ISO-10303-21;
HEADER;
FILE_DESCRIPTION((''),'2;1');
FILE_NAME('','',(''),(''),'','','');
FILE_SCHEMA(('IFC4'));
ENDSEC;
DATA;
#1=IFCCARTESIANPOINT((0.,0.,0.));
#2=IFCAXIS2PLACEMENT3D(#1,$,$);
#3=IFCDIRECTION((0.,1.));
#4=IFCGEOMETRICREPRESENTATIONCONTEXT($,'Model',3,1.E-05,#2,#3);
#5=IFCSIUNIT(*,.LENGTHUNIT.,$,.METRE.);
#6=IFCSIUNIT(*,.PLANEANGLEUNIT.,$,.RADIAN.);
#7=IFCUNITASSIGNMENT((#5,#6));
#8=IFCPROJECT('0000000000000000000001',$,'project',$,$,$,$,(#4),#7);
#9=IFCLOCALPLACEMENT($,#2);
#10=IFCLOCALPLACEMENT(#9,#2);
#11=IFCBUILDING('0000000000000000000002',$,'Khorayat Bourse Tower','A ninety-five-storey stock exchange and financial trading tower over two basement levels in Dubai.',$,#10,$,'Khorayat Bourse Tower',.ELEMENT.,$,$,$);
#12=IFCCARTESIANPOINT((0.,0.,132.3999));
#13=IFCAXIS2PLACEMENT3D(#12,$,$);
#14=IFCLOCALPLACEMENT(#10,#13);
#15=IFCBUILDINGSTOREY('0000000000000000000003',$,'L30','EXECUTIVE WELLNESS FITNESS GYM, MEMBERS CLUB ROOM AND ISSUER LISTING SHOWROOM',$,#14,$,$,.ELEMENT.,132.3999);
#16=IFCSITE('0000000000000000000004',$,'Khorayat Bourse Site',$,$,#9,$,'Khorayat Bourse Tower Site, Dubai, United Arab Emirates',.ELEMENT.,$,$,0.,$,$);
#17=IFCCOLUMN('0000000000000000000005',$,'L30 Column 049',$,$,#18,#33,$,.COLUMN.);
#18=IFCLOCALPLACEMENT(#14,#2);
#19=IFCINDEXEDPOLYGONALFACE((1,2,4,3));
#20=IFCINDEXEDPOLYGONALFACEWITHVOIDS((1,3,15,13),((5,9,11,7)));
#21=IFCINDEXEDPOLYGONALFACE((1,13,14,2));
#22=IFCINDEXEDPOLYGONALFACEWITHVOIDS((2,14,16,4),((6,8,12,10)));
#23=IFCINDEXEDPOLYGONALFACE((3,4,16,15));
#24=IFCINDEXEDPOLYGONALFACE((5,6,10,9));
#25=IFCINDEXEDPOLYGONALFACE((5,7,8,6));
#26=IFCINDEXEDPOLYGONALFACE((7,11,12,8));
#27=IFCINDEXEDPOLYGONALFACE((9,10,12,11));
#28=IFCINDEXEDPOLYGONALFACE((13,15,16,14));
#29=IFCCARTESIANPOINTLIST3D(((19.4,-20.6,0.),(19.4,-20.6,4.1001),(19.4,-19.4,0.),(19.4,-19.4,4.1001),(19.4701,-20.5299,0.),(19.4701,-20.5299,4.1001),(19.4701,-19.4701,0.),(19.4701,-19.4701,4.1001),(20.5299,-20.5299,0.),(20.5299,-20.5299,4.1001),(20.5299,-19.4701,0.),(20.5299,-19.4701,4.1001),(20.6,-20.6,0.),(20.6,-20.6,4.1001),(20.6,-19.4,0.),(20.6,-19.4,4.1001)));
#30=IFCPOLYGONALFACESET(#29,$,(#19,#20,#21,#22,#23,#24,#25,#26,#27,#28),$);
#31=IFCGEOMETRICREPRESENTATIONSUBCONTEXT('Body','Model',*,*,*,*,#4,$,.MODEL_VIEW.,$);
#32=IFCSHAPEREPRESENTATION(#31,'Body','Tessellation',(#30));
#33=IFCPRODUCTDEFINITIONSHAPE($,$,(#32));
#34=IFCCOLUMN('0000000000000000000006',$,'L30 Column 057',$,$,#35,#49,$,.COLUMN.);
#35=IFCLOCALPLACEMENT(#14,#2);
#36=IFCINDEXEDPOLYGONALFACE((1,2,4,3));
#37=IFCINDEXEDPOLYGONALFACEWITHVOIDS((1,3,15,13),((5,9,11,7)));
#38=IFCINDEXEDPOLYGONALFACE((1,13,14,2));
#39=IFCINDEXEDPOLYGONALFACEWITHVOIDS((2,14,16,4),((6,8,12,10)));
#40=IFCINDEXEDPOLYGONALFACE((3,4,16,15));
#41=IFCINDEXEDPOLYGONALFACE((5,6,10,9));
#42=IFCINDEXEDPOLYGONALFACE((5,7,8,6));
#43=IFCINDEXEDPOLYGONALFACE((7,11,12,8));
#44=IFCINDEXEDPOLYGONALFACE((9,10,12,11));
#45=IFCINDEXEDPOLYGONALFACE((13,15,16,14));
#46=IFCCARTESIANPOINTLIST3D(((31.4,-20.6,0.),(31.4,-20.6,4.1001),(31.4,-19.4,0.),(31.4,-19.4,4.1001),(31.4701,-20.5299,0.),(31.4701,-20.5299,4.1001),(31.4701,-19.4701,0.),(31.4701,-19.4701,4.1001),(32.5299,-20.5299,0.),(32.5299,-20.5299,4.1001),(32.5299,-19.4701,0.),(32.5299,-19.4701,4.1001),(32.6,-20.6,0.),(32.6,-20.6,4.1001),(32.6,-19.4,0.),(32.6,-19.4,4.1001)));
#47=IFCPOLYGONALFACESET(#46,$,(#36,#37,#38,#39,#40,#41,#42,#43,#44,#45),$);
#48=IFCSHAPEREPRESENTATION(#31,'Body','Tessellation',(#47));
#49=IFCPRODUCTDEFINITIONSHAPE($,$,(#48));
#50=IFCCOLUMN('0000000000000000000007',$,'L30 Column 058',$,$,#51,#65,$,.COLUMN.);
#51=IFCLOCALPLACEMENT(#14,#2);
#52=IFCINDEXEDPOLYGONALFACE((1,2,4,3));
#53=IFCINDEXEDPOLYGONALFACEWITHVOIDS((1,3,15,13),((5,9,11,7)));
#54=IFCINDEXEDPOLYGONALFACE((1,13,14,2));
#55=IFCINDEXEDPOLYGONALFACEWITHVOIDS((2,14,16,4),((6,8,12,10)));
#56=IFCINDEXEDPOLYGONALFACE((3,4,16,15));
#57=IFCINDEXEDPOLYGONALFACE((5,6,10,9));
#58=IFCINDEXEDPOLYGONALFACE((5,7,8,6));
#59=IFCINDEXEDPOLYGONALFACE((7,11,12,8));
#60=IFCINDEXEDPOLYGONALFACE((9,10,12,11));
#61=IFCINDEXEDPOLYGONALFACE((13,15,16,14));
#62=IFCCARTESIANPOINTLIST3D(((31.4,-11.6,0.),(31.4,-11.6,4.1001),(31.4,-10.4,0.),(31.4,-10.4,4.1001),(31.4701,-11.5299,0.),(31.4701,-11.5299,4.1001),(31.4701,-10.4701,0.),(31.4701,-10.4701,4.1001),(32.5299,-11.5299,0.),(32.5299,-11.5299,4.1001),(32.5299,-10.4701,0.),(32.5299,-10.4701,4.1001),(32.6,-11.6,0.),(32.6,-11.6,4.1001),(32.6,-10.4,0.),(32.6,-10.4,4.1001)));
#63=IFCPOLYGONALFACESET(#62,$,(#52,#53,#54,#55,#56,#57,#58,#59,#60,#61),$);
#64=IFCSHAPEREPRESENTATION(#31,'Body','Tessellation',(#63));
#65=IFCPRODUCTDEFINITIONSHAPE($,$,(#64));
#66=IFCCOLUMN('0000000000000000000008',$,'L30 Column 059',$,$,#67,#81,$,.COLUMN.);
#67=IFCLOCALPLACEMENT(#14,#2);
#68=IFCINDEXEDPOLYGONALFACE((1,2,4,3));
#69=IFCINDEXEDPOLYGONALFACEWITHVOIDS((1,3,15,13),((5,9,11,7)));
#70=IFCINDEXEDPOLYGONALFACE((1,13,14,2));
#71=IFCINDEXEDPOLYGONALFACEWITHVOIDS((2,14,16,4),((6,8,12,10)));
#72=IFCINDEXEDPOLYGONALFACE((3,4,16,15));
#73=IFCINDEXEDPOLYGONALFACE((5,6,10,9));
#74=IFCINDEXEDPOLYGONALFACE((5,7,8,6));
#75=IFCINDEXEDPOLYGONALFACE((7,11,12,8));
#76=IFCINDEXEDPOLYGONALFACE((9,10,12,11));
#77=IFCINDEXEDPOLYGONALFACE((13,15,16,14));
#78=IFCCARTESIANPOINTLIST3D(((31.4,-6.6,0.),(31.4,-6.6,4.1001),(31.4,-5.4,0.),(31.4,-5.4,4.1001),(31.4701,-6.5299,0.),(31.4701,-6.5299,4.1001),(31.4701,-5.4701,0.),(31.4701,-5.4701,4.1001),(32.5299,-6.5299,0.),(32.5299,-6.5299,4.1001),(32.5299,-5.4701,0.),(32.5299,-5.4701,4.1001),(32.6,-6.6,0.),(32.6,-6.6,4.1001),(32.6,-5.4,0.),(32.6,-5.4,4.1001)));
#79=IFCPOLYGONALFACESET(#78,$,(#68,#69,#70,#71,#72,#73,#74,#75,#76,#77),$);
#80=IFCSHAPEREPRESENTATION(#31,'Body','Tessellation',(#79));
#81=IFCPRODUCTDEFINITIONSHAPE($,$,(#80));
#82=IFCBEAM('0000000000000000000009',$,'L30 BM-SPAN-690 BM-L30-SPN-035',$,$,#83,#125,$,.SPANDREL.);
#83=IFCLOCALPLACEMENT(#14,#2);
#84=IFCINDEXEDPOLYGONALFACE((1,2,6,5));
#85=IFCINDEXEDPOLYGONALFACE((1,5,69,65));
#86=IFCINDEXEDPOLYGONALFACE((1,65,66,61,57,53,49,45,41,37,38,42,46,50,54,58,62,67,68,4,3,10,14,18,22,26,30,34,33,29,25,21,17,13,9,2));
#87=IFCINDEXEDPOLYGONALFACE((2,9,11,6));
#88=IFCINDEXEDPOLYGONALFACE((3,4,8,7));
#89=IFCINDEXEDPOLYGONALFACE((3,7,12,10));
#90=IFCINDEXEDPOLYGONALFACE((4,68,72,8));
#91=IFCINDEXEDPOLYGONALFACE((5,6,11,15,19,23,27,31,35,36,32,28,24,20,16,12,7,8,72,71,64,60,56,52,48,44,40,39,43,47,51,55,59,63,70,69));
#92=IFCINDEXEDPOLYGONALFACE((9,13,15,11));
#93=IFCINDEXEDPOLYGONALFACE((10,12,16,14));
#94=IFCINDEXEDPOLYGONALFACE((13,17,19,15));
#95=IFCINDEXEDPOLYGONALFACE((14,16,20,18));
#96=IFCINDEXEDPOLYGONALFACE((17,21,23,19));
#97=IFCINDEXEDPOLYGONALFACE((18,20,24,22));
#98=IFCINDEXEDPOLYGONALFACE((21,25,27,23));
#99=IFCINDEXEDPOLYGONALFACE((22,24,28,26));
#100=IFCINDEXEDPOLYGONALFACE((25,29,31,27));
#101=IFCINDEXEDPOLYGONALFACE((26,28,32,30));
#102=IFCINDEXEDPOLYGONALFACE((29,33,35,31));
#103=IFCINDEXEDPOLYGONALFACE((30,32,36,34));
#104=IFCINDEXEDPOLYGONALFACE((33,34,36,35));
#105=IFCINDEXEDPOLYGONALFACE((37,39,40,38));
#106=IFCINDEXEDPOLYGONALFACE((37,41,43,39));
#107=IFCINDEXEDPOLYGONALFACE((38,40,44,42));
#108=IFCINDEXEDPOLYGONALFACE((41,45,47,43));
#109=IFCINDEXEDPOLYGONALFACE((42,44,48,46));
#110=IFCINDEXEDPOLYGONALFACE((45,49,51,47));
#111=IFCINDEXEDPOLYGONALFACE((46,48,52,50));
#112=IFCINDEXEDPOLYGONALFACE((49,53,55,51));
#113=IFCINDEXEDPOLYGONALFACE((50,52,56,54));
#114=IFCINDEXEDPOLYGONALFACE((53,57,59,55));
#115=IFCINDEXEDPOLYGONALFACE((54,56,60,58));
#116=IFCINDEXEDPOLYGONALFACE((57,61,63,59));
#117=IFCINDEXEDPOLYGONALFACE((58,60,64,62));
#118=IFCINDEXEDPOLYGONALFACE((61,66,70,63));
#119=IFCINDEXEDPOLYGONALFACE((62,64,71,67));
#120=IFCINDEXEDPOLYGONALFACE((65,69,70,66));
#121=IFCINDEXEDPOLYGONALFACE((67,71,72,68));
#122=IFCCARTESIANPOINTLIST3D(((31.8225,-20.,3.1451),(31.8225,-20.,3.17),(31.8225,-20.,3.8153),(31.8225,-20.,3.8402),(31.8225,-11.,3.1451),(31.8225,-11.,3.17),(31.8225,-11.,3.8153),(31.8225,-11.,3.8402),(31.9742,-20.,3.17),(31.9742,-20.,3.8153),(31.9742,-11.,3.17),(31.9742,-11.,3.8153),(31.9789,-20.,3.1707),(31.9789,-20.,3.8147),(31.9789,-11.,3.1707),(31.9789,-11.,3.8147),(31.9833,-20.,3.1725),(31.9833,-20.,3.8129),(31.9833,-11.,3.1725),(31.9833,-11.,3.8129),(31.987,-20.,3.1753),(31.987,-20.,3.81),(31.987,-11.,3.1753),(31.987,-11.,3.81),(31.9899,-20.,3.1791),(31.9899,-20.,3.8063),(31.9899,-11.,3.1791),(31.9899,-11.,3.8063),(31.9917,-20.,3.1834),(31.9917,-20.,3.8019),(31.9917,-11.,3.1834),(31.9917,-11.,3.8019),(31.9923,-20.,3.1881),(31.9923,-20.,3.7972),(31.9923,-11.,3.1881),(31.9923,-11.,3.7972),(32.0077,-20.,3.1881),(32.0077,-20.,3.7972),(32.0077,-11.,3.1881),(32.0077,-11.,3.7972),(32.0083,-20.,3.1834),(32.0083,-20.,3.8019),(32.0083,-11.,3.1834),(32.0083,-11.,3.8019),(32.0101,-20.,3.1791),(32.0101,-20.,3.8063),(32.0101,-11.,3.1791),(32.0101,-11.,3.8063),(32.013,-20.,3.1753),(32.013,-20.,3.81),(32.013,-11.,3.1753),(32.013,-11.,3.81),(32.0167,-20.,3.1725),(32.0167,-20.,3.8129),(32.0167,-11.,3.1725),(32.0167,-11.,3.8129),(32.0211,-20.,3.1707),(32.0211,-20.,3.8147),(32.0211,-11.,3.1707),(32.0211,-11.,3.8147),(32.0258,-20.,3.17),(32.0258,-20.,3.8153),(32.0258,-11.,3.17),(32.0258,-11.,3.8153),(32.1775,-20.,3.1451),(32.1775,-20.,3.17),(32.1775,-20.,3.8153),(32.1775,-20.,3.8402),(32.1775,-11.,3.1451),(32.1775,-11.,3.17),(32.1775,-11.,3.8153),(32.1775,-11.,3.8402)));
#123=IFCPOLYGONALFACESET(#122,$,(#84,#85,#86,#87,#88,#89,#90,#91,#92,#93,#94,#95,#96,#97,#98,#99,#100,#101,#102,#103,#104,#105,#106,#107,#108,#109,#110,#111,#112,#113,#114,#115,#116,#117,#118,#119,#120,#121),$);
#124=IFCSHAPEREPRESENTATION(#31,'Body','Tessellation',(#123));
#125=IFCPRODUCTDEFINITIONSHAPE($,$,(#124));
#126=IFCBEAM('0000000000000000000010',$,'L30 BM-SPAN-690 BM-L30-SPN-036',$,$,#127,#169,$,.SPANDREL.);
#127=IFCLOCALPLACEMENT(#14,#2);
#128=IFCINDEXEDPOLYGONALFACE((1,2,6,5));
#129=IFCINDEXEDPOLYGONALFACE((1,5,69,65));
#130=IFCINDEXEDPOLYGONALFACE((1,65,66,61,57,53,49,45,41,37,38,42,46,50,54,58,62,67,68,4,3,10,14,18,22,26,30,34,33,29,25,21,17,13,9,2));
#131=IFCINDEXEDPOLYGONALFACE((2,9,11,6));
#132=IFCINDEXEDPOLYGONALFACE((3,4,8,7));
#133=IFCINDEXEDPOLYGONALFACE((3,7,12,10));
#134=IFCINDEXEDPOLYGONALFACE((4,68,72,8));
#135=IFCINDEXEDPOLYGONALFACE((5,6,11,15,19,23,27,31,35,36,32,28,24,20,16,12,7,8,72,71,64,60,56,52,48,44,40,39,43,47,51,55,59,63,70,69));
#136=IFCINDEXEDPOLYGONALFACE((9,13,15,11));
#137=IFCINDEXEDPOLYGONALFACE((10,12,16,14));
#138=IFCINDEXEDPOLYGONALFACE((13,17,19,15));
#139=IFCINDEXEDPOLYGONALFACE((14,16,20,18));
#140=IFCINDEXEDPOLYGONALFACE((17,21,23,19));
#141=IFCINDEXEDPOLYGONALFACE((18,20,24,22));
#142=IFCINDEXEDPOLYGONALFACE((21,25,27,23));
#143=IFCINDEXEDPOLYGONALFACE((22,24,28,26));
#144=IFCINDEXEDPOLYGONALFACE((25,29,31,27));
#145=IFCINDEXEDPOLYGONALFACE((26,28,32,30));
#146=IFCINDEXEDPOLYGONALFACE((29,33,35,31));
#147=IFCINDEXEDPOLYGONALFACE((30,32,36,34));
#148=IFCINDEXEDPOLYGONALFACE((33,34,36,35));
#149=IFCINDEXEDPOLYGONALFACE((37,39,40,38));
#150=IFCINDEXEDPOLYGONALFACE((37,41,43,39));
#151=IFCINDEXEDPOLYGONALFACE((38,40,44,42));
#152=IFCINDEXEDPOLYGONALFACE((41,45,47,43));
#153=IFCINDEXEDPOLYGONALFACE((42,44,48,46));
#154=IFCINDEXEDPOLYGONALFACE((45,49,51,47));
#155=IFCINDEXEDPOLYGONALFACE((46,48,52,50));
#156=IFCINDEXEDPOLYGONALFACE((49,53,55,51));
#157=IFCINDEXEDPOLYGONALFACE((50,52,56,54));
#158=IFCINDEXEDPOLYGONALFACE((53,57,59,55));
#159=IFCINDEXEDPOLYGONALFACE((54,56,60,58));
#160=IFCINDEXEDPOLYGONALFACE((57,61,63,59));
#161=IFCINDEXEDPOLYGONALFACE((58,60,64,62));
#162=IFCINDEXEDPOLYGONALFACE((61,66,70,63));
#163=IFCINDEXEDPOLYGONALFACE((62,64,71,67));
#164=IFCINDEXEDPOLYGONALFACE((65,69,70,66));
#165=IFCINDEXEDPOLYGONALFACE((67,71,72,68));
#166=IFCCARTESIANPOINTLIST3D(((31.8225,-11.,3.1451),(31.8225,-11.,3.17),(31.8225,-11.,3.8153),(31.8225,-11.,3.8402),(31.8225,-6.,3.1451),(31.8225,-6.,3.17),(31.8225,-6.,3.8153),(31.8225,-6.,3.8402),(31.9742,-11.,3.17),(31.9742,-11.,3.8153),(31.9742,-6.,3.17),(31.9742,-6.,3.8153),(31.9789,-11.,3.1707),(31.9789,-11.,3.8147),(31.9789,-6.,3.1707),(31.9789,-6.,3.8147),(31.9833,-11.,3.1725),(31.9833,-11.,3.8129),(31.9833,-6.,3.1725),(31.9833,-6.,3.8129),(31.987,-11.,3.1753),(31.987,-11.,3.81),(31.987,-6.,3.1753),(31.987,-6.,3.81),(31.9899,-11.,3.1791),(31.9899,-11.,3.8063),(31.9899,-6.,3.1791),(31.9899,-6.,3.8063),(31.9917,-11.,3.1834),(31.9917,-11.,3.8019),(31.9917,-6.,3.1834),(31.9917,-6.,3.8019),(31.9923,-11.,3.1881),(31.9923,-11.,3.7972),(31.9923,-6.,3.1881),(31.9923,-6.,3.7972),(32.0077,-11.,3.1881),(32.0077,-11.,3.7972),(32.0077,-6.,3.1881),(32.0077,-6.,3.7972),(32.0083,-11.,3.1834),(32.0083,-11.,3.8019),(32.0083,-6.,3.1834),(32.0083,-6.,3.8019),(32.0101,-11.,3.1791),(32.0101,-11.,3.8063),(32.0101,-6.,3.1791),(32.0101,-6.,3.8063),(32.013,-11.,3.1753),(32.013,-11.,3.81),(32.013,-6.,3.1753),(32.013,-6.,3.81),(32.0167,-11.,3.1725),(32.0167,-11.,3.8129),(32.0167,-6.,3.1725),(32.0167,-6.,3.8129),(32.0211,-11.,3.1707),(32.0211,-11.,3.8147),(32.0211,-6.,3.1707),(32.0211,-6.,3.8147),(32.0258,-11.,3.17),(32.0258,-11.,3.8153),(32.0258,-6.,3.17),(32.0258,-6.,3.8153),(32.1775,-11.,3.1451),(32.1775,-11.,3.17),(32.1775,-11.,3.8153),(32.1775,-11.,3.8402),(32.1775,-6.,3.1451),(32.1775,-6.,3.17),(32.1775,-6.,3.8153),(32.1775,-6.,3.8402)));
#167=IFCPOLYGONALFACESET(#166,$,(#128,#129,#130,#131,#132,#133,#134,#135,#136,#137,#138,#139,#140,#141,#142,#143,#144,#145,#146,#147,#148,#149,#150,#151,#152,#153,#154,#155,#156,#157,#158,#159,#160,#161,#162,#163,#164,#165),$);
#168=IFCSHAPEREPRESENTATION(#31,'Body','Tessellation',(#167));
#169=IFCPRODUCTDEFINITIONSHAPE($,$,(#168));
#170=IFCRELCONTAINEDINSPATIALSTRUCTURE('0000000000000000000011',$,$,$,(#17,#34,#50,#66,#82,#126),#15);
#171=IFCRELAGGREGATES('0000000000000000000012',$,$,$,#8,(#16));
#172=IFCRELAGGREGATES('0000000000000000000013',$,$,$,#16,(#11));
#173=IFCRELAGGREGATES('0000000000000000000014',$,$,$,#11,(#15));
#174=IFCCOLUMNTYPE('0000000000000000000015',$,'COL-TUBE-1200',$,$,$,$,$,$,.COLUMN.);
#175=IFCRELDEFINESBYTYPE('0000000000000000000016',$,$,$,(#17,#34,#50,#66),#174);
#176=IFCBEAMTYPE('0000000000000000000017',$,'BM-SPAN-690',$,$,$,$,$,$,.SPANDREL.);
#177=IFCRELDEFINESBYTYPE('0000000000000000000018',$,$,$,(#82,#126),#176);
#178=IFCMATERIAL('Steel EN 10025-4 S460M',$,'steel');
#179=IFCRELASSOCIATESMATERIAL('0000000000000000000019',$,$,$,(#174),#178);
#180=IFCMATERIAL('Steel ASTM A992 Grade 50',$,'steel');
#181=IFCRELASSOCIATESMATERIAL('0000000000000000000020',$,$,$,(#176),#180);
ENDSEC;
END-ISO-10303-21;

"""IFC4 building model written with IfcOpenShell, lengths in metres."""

from ifc_helpers import new_model, si_unit, direction, frame, origin, origin_2d, place, context, subcontext, project, spatial, hollow_rectangle, i_section, extrude, source, transform, mapped, material, material_profile, profile_set, type_object, element, save


model = new_model("IFC4")

# Units and contexts
model_context = context("Model", 3, precision=1e-05, world=origin(), true_north=direction((0.0, 1.0)))
body_context = subcontext(model_context, "Body", "Model", "MODEL_VIEW")
ifc_project = project(units=[si_unit("LENGTHUNIT", "METRE"), si_unit("PLANEANGLEUNIT", "RADIAN")], contexts=[model_context])

# Site, building, storey
site_placement = place(None, origin())
site = spatial("IfcSite", under=ifc_project, at=site_placement, Name="Khorayat Bourse Site", LongName="Khorayat Bourse Tower Site, Dubai, United Arab Emirates", CompositionType="ELEMENT", RefElevation=0.0)
building_placement = place(site_placement, origin())
building = spatial("IfcBuilding", under=site, at=building_placement, Name="Khorayat Bourse Tower", Description="A ninety-five-storey stock exchange and financial trading tower over two basement levels in Dubai.", LongName="Khorayat Bourse Tower", CompositionType="ELEMENT")
storey_placement = place(building_placement, frame((0.0, 0.0, 132.3999)))
storey = spatial("IfcBuildingStorey", under=building, at=storey_placement, Name="L30", Description="EXECUTIVE WELLNESS FITNESS GYM, MEMBERS CLUB ROOM AND ISSUER LISTING SHOWROOM", CompositionType="ELEMENT", Elevation=132.3999)

# Columns
ifc_material_1 = material(Name="Steel EN 10025-4 S460M", Category="steel")
ifc_material_profile_1 = material_profile(ifc_material_1, hollow_rectangle(XDim=1.2, YDim=1.2, WallThickness=0.0701, at=origin_2d()), Name="BOX 1200x1200x70")
ifc_profile_set_1 = profile_set([ifc_material_profile_1], Name="Steel EN 10025-4 S460M")
column_type = type_object("IfcColumnType", Name="COL-TUBE-1200", PredefinedType="COLUMN", material=ifc_profile_set_1)
shared_shape_1 = source(origin(), body_context, "Body", "SweptSolid", [
    extrude(hollow_rectangle(XDim=1.2, YDim=1.2, WallThickness=0.0701, at=origin_2d()), origin(), (0.0, 0.0, 1.0), 4.1001),
])
for number, where, z_axis, x_axis, name in (
    (1, (20.0, -20.0, 0.0), (0.0, 0.0, 1.0), (1.0, 0.0, 0.0), "L30 Column 049"),
    (2, (32.0, -20.0, 0.0), (0.0, 0.0, 1.0), (1.0, 0.0, 0.0), "L30 Column 057"),
    (3, (32.0, -11.0, 0.0), (0.0, 0.0, 1.0), (1.0, 0.0, 0.0), "L30 Column 058"),
    (4, (32.0, -6.0, 0.0), (0.0, 0.0, 1.0), (1.0, 0.0, 0.0), "L30 Column 059"),
):
    element("IfcColumn", number, at=place(storey_placement, frame(where, z_axis=z_axis, x_axis=x_axis)), inside=storey, type_object=column_type, Name=name, PredefinedType="COLUMN", context=body_context, shape_type="MappedRepresentation", body=[
        mapped(shared_shape_1, transform((0.0, 0.0, 0.0), scale=1.0)),
    ])

# Beams
ifc_material_2 = material(Name="Steel ASTM A992 Grade 50", Category="steel")
ifc_material_profile_2 = material_profile(ifc_material_2, i_section(OverallWidth=0.355, OverallDepth=0.6951, WebThickness=0.0154, FlangeThickness=0.0249, FilletRadius=0.0181, at=origin_2d()), Name="W690X217")
ifc_profile_set_2 = profile_set([ifc_material_profile_2], Name="Steel ASTM A992 Grade 50")
beam_type_1 = type_object("IfcBeamType", Name="BM-SPAN-690", PredefinedType="SPANDREL", material=ifc_profile_set_2)
shared_shape_2 = source(origin(), body_context, "Body", "SweptSolid", [
    extrude(i_section(OverallWidth=0.355, OverallDepth=0.6951, WebThickness=0.0154, FlangeThickness=0.0249, FilletRadius=0.0181, at=origin_2d()), origin(), (0.0, 0.0, 1.0), 9.0),
])
beam_1_placement = place(storey_placement, frame((32.0, -20.0, 3.4927), z_axis=(0.0, 1.0, 0.0), x_axis=(-1.0, 0.0, 0.0)))
element("IfcBeam", 5, at=beam_1_placement, inside=storey, type_object=beam_type_1, Name="L30 BM-SPAN-690 BM-L30-SPN-035", PredefinedType="SPANDREL", context=body_context, shape_type="MappedRepresentation", body=[
    mapped(shared_shape_2, transform((0.0, 0.0, 0.0), scale=1.0)),
])
shared_shape_3 = source(origin(), body_context, "Body", "SweptSolid", [
    extrude(i_section(OverallWidth=0.355, OverallDepth=0.6951, WebThickness=0.0154, FlangeThickness=0.0249, FilletRadius=0.0181, at=origin_2d()), origin(), (0.0, 0.0, 1.0), 5.0),
])
beam_2_placement = place(storey_placement, frame((32.0, -11.0, 3.4927), z_axis=(0.0, 1.0, 0.0), x_axis=(-1.0, 0.0, 0.0)))
element("IfcBeam", 6, at=beam_2_placement, inside=storey, type_object=beam_type_1, Name="L30 BM-SPAN-690 BM-L30-SPN-036", PredefinedType="SPANDREL", context=body_context, shape_type="MappedRepresentation", body=[
    mapped(shared_shape_3, transform((0.0, 0.0, 0.0), scale=1.0)),
])

save(model, "model.ifc")
